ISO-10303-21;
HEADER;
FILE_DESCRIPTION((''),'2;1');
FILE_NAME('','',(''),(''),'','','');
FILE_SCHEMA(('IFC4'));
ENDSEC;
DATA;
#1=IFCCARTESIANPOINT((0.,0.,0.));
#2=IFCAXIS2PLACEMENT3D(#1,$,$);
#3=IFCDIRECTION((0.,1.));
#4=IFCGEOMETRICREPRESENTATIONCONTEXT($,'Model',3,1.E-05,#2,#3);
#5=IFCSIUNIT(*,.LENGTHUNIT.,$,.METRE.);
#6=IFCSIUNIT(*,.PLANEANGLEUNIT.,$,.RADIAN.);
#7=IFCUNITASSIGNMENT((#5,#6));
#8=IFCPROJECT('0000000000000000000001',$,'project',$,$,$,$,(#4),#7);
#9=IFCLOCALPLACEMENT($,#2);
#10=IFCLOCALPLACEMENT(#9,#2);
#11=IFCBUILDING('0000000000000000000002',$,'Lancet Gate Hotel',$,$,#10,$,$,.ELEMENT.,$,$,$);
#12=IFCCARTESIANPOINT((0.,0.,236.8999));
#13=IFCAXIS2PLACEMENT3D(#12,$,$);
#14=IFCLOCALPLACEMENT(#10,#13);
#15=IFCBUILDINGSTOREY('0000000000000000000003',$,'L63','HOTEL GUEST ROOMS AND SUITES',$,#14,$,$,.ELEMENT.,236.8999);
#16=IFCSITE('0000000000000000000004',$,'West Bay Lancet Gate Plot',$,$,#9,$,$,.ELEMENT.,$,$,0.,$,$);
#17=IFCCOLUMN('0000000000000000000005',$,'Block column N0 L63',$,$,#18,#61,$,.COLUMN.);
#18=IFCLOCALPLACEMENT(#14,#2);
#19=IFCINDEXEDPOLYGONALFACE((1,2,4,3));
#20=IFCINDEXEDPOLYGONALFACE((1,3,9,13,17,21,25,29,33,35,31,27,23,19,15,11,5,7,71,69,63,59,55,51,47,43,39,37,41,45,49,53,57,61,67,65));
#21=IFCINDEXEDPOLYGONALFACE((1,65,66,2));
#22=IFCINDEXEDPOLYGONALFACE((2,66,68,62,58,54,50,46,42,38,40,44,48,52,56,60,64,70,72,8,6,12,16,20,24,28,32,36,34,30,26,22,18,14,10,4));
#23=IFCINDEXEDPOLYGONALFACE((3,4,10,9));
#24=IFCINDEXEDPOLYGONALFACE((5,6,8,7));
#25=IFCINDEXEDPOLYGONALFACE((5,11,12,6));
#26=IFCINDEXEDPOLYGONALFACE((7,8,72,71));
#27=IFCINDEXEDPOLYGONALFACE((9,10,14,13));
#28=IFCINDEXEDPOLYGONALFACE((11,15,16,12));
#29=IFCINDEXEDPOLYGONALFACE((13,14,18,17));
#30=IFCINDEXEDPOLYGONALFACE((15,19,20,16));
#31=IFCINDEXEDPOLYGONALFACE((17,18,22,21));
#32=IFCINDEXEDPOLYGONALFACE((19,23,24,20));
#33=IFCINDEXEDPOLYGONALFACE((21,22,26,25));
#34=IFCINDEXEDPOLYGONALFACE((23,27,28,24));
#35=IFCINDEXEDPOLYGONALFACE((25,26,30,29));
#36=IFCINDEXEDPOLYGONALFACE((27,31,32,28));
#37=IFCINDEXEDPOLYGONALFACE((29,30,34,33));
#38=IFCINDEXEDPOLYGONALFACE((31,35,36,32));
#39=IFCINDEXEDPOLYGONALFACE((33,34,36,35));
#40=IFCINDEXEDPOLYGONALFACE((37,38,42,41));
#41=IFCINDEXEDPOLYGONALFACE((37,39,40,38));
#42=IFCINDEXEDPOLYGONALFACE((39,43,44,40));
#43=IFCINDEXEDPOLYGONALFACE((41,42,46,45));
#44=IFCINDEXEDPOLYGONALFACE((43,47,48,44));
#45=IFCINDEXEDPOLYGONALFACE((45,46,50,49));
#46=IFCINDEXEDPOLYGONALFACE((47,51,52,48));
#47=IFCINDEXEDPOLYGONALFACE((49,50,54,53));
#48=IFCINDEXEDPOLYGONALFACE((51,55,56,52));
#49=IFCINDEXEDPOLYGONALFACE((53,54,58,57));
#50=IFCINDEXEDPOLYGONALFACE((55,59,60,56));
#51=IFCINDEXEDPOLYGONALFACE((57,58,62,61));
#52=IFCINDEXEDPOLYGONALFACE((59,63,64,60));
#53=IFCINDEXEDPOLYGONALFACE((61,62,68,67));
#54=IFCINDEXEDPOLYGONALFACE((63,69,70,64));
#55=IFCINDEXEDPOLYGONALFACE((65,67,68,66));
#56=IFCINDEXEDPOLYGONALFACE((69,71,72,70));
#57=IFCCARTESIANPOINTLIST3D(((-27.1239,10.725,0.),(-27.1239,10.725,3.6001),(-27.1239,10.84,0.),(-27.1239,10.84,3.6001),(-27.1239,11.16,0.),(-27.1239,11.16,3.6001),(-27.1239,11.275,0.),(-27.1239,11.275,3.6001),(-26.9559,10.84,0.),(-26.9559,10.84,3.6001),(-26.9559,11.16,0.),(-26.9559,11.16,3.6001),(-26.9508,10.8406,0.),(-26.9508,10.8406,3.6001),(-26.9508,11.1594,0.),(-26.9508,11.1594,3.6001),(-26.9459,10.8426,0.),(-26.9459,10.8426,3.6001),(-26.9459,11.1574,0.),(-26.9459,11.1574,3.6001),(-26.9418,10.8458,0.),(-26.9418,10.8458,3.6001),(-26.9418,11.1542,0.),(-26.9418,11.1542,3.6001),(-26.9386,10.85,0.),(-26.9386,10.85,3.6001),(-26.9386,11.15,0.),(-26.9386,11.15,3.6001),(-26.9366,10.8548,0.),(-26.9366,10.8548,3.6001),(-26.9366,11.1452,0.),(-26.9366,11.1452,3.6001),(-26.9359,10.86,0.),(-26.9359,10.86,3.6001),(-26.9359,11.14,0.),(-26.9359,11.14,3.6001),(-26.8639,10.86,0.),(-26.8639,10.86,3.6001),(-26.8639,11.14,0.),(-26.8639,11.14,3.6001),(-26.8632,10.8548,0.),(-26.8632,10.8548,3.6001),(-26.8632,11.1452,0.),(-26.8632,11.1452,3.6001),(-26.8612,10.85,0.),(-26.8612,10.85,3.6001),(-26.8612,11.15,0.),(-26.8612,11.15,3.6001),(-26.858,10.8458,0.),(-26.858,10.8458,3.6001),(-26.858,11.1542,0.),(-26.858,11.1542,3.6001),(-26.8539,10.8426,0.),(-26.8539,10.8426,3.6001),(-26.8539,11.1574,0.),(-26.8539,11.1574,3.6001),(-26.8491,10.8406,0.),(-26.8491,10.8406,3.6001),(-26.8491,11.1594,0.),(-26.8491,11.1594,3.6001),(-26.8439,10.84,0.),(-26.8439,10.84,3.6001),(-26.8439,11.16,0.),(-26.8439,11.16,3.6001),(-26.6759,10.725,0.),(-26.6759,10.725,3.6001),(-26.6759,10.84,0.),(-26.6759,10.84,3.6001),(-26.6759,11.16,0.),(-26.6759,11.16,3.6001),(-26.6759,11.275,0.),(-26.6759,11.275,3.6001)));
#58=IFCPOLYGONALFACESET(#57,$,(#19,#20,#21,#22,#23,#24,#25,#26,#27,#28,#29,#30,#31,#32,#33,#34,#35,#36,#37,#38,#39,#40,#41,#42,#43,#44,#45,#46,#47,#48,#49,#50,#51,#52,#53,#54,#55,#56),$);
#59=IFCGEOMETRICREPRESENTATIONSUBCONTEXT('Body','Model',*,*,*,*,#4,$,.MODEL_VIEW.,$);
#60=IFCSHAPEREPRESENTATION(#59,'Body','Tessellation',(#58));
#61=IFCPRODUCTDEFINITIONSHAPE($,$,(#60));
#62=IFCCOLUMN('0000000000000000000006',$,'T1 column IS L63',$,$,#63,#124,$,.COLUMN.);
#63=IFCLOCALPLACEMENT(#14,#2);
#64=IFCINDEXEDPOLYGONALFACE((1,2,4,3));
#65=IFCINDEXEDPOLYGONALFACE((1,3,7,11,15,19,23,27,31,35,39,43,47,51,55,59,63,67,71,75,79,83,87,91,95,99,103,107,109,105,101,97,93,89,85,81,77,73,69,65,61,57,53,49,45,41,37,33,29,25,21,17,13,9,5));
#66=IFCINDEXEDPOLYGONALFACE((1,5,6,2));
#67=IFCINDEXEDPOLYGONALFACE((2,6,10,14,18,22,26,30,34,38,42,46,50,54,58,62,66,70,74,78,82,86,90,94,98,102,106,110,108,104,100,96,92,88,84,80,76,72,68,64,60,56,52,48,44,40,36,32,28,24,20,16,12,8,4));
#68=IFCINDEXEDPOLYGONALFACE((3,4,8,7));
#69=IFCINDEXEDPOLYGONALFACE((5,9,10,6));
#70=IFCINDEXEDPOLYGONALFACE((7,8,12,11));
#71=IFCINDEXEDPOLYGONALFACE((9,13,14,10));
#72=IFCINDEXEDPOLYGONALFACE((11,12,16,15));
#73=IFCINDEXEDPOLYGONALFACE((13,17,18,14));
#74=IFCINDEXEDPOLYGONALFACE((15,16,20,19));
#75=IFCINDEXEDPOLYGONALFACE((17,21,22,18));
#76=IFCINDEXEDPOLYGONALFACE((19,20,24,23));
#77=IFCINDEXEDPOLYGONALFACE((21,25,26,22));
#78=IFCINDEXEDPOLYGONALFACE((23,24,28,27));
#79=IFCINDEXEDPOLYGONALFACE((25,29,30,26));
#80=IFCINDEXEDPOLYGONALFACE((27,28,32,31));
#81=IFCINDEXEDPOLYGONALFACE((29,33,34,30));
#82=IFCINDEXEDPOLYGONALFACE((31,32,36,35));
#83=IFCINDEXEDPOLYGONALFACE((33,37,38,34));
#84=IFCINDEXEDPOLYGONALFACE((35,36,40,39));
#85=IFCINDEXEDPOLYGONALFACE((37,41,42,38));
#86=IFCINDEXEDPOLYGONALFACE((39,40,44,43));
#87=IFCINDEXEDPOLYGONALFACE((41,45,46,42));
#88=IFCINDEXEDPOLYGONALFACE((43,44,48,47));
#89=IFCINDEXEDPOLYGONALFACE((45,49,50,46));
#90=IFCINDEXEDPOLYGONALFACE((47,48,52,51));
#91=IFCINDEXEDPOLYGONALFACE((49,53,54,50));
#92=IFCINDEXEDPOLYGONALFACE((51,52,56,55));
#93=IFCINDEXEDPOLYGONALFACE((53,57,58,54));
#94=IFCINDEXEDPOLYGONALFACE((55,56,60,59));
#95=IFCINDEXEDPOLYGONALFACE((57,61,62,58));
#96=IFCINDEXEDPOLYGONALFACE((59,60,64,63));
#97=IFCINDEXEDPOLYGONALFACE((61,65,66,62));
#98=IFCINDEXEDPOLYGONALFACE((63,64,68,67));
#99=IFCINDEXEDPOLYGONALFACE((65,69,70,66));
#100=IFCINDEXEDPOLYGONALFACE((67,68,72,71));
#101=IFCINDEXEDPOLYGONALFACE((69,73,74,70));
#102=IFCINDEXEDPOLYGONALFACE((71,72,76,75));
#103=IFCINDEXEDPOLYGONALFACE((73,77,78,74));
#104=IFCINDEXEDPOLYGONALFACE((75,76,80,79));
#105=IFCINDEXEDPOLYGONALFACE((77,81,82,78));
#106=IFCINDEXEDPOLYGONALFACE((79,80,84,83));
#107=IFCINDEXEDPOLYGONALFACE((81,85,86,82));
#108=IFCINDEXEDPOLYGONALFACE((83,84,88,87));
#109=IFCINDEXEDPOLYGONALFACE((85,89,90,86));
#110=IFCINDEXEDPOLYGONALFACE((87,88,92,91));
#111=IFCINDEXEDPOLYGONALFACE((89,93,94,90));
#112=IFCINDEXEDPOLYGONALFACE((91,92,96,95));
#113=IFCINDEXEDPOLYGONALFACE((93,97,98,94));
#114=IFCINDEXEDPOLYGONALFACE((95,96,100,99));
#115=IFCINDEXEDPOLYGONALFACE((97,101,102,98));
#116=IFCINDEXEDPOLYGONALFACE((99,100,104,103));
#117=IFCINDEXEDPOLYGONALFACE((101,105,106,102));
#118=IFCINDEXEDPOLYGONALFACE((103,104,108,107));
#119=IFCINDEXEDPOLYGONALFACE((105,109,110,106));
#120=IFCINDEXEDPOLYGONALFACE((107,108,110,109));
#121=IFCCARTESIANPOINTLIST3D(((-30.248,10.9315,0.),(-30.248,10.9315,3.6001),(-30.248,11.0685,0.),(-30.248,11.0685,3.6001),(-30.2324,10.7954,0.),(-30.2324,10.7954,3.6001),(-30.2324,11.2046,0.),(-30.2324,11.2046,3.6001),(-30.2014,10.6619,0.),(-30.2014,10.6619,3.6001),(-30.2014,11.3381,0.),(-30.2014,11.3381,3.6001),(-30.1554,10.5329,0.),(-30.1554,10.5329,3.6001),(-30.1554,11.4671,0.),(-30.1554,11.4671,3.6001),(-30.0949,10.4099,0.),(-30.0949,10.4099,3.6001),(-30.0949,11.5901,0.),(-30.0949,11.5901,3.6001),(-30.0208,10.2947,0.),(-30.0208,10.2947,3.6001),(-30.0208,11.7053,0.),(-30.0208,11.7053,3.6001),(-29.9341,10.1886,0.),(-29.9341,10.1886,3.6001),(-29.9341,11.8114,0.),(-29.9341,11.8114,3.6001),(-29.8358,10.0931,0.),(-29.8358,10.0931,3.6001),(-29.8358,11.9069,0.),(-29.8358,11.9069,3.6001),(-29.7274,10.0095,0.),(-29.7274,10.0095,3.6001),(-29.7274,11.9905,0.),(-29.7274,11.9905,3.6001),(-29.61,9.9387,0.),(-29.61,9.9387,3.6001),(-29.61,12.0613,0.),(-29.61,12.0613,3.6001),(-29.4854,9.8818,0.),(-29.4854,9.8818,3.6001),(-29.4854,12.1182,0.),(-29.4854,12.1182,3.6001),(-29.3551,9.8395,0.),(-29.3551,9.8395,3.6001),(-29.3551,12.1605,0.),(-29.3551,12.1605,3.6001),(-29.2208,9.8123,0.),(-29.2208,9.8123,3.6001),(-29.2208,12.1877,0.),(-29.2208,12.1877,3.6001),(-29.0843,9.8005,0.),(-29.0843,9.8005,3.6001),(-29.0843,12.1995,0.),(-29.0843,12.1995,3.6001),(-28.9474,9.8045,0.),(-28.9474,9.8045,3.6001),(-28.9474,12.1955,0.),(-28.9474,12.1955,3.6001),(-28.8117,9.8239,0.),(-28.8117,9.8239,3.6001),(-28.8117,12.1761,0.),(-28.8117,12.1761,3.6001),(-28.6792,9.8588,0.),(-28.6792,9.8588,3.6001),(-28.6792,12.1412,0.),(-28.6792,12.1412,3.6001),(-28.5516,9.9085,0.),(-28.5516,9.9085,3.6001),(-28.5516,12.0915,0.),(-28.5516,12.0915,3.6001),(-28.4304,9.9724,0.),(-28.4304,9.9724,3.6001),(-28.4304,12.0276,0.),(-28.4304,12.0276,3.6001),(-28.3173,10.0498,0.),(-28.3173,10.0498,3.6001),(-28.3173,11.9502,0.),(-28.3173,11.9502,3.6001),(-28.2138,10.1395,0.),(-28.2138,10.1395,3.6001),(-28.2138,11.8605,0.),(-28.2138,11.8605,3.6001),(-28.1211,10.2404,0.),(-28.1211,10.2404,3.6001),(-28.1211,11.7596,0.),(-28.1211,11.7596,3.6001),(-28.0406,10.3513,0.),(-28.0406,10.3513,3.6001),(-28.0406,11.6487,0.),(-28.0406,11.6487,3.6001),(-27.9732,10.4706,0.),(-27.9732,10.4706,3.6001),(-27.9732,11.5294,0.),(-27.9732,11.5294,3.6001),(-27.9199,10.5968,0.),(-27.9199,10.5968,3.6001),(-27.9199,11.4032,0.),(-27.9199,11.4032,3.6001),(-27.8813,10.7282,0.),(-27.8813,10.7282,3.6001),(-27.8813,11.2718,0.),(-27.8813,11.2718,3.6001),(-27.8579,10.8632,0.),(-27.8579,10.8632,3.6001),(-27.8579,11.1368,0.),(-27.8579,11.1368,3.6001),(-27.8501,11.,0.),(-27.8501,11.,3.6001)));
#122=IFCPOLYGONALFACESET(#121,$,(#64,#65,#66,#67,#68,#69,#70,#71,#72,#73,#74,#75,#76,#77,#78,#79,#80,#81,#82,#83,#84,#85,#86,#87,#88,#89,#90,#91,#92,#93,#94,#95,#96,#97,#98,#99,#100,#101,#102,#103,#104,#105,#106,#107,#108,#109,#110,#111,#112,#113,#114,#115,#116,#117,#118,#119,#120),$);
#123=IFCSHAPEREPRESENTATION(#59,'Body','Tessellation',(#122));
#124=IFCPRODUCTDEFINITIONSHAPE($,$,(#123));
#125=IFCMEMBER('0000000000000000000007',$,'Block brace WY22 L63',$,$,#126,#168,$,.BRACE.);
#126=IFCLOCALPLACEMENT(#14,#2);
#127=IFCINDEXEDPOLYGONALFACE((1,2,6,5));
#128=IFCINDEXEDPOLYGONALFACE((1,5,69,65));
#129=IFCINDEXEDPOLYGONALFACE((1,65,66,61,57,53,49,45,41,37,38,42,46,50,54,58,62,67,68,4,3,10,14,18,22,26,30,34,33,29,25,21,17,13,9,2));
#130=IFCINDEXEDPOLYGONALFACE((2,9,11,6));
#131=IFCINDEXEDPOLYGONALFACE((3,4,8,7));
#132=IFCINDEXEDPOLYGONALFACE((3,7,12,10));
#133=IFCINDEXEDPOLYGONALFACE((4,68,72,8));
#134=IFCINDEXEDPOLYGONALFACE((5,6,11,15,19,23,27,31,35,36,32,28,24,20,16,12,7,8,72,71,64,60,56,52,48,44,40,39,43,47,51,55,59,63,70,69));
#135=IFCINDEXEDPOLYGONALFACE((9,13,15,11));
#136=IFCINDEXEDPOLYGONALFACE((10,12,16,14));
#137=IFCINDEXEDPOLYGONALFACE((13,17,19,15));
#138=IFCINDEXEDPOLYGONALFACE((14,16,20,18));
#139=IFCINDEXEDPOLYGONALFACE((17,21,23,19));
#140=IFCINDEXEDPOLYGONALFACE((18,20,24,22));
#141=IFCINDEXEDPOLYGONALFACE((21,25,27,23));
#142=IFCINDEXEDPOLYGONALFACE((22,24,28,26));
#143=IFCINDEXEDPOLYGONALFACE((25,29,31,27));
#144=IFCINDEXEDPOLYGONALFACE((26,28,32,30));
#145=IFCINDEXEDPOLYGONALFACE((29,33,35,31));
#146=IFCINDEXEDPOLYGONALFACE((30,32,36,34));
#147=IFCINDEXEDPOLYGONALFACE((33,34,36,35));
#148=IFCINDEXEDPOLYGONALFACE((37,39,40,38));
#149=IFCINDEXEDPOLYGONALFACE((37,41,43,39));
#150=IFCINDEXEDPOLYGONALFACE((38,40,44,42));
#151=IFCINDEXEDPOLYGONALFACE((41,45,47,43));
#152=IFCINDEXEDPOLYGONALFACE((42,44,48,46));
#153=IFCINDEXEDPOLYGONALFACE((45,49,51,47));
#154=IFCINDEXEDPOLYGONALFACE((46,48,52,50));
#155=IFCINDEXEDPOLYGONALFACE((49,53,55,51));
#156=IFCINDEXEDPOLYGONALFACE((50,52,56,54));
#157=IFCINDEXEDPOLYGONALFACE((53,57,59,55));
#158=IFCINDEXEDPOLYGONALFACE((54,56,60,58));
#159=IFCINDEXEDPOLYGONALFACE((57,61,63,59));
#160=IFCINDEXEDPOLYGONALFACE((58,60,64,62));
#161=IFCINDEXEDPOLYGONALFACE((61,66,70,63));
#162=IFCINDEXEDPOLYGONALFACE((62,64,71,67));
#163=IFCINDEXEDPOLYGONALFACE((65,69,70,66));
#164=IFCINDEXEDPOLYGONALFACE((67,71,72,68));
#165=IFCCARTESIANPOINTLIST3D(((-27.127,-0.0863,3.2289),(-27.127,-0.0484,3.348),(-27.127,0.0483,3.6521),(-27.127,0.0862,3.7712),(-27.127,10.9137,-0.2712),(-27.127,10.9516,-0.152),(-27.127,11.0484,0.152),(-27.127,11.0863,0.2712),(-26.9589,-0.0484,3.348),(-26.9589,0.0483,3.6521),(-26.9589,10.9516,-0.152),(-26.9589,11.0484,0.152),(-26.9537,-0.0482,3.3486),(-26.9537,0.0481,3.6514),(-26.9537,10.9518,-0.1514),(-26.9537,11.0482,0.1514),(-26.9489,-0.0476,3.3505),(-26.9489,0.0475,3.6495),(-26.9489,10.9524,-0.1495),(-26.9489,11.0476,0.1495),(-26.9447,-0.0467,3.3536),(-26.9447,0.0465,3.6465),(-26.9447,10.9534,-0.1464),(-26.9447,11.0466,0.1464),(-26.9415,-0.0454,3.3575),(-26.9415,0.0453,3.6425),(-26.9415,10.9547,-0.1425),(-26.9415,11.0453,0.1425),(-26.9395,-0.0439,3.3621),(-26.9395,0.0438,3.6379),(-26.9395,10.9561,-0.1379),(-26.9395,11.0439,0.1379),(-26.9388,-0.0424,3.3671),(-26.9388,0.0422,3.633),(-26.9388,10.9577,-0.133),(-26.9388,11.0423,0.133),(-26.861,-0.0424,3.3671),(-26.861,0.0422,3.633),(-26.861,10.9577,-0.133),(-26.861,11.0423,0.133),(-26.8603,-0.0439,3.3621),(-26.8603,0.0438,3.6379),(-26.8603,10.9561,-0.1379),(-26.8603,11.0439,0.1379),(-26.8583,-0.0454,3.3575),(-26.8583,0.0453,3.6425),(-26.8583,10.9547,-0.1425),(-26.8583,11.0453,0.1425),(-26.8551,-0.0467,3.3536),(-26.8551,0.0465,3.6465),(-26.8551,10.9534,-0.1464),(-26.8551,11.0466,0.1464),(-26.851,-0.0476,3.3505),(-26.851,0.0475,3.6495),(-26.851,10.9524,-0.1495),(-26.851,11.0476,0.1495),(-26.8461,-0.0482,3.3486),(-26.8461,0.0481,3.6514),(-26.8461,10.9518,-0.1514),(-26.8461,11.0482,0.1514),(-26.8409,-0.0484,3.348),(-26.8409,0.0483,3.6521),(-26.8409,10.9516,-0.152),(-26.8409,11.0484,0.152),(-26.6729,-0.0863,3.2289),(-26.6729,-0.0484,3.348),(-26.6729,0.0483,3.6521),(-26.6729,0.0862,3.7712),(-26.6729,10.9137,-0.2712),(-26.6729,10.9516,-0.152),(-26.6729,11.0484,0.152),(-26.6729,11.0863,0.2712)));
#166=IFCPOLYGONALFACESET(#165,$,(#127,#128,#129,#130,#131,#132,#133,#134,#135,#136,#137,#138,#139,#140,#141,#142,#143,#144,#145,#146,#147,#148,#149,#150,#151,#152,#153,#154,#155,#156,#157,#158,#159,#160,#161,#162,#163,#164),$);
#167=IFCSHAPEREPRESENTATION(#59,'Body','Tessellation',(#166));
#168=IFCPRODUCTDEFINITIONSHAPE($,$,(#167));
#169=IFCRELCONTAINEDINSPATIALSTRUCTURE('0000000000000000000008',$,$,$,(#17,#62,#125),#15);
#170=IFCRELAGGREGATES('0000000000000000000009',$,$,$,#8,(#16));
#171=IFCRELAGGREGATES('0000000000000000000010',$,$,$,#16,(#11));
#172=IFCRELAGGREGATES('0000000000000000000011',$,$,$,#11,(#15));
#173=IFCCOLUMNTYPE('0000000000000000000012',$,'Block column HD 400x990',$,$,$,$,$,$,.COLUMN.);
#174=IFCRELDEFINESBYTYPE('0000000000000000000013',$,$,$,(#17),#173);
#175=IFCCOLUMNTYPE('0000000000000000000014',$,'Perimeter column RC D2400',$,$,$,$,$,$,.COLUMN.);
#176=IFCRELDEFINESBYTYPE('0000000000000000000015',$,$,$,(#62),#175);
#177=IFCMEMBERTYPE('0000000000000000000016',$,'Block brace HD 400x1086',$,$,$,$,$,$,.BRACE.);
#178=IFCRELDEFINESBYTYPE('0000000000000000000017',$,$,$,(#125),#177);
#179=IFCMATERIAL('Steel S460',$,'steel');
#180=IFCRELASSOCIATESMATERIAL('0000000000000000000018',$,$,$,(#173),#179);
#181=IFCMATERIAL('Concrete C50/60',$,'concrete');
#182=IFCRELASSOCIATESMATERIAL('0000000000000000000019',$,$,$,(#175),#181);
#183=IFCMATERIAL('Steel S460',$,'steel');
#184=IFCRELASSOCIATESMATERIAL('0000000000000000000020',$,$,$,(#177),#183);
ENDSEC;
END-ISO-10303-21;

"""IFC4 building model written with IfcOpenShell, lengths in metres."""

from ifc_helpers import new_model, si_unit, direction, frame, origin, origin_2d, place, context, subcontext, project, spatial, circle, i_section, extrude, material, material_profile, profile_set, type_object, element, save


model = new_model("IFC4")

# Units and contexts
model_context = context("Model", 3, precision=1e-05, world=origin(), true_north=direction((0.0, 1.0)))
body_context = subcontext(model_context, "Body", "Model", "MODEL_VIEW")
ifc_project = project(units=[si_unit("LENGTHUNIT", "METRE"), si_unit("PLANEANGLEUNIT", "RADIAN")], contexts=[model_context])

# Site, building, storey
site_placement = place(None, origin())
site = spatial("IfcSite", under=ifc_project, at=site_placement, Name="West Bay Lancet Gate Plot", CompositionType="ELEMENT", RefElevation=0.0)
building_placement = place(site_placement, origin())
building = spatial("IfcBuilding", under=site, at=building_placement, Name="Lancet Gate Hotel", CompositionType="ELEMENT")
storey_placement = place(building_placement, frame((0.0, 0.0, 236.8999)))
storey = spatial("IfcBuildingStorey", under=building, at=storey_placement, Name="L63", Description="HOTEL GUEST ROOMS AND SUITES", CompositionType="ELEMENT", Elevation=236.8999)

# Columns
ifc_material_1 = material(Name="Steel S460", Category="steel")
ifc_material_profile_1 = material_profile(ifc_material_1, i_section(OverallWidth=0.448, OverallDepth=0.55, WebThickness=0.072, FlangeThickness=0.115, FilletRadius=0.02, at=origin_2d()), Name="HD 400x990")
ifc_profile_set_1 = profile_set([ifc_material_profile_1], Name="Steel S460")
column_type_1 = type_object("IfcColumnType", Name="Block column HD 400x990", PredefinedType="COLUMN", material=ifc_profile_set_1)
column_1_placement = place(storey_placement, frame((-26.8999, 11.0, 0.0), z_axis=(0.0, 0.0, 1.0), x_axis=(1.0, 0.0, 0.0)))
element("IfcColumn", 1, at=column_1_placement, inside=storey, type_object=column_type_1, Name="Block column N0 L63", PredefinedType="COLUMN", context=body_context, shape_type="SweptSolid", body=[
    extrude(i_section(OverallWidth=0.448, OverallDepth=0.55, WebThickness=0.072, FlangeThickness=0.115, FilletRadius=0.02, at=origin_2d()), origin(), (0.0, 0.0, 1.0), 3.6001),
])
ifc_material_2 = material(Name="Concrete C50/60", Category="concrete")
ifc_material_profile_2 = material_profile(ifc_material_2, circle(Radius=1.2, at=origin_2d()), Name="RC D2400")
ifc_profile_set_2 = profile_set([ifc_material_profile_2], Name="Concrete C50/60")
column_type_2 = type_object("IfcColumnType", Name="Perimeter column RC D2400", PredefinedType="COLUMN", material=ifc_profile_set_2)
column_2_placement = place(storey_placement, frame((-29.05, 11.0, 0.0), z_axis=(0.0, 0.0, 1.0), x_axis=(1.0, 0.0, 0.0)))
element("IfcColumn", 2, at=column_2_placement, inside=storey, type_object=column_type_2, Name="T1 column IS L63", PredefinedType="COLUMN", context=body_context, shape_type="SweptSolid", body=[
    extrude(circle(Radius=1.2, at=origin_2d()), origin(), (0.0, 0.0, 1.0), 3.6001),
])

# Member
ifc_material_3 = material(Name="Steel S460", Category="steel")
ifc_material_profile_3 = material_profile(ifc_material_3, i_section(OverallWidth=0.4541, OverallDepth=0.5691, WebThickness=0.0779, FlangeThickness=0.125, FilletRadius=0.02, at=origin_2d()), Name="HD 400x1086")
ifc_profile_set_3 = profile_set([ifc_material_profile_3], Name="Steel S460")
member_type = type_object("IfcMemberType", Name="Block brace HD 400x1086", PredefinedType="BRACE", material=ifc_profile_set_3)
member_1_placement = place(storey_placement, frame((-26.8999, 11.0, 0.0), z_axis=(0.0, -0.952926, 0.303204), x_axis=(1.0, 0.0, 0.0)))
element("IfcMember", 3, at=member_1_placement, inside=storey, type_object=member_type, Name="Block brace WY22 L63", PredefinedType="BRACE", context=body_context, shape_type="SweptSolid", body=[
    extrude(i_section(OverallWidth=0.4541, OverallDepth=0.5691, WebThickness=0.0779, FlangeThickness=0.125, FilletRadius=0.02, at=origin_2d()), origin(), (0.0, 0.0, 1.0), 11.5435),
])

save(model, "model.ifc")
